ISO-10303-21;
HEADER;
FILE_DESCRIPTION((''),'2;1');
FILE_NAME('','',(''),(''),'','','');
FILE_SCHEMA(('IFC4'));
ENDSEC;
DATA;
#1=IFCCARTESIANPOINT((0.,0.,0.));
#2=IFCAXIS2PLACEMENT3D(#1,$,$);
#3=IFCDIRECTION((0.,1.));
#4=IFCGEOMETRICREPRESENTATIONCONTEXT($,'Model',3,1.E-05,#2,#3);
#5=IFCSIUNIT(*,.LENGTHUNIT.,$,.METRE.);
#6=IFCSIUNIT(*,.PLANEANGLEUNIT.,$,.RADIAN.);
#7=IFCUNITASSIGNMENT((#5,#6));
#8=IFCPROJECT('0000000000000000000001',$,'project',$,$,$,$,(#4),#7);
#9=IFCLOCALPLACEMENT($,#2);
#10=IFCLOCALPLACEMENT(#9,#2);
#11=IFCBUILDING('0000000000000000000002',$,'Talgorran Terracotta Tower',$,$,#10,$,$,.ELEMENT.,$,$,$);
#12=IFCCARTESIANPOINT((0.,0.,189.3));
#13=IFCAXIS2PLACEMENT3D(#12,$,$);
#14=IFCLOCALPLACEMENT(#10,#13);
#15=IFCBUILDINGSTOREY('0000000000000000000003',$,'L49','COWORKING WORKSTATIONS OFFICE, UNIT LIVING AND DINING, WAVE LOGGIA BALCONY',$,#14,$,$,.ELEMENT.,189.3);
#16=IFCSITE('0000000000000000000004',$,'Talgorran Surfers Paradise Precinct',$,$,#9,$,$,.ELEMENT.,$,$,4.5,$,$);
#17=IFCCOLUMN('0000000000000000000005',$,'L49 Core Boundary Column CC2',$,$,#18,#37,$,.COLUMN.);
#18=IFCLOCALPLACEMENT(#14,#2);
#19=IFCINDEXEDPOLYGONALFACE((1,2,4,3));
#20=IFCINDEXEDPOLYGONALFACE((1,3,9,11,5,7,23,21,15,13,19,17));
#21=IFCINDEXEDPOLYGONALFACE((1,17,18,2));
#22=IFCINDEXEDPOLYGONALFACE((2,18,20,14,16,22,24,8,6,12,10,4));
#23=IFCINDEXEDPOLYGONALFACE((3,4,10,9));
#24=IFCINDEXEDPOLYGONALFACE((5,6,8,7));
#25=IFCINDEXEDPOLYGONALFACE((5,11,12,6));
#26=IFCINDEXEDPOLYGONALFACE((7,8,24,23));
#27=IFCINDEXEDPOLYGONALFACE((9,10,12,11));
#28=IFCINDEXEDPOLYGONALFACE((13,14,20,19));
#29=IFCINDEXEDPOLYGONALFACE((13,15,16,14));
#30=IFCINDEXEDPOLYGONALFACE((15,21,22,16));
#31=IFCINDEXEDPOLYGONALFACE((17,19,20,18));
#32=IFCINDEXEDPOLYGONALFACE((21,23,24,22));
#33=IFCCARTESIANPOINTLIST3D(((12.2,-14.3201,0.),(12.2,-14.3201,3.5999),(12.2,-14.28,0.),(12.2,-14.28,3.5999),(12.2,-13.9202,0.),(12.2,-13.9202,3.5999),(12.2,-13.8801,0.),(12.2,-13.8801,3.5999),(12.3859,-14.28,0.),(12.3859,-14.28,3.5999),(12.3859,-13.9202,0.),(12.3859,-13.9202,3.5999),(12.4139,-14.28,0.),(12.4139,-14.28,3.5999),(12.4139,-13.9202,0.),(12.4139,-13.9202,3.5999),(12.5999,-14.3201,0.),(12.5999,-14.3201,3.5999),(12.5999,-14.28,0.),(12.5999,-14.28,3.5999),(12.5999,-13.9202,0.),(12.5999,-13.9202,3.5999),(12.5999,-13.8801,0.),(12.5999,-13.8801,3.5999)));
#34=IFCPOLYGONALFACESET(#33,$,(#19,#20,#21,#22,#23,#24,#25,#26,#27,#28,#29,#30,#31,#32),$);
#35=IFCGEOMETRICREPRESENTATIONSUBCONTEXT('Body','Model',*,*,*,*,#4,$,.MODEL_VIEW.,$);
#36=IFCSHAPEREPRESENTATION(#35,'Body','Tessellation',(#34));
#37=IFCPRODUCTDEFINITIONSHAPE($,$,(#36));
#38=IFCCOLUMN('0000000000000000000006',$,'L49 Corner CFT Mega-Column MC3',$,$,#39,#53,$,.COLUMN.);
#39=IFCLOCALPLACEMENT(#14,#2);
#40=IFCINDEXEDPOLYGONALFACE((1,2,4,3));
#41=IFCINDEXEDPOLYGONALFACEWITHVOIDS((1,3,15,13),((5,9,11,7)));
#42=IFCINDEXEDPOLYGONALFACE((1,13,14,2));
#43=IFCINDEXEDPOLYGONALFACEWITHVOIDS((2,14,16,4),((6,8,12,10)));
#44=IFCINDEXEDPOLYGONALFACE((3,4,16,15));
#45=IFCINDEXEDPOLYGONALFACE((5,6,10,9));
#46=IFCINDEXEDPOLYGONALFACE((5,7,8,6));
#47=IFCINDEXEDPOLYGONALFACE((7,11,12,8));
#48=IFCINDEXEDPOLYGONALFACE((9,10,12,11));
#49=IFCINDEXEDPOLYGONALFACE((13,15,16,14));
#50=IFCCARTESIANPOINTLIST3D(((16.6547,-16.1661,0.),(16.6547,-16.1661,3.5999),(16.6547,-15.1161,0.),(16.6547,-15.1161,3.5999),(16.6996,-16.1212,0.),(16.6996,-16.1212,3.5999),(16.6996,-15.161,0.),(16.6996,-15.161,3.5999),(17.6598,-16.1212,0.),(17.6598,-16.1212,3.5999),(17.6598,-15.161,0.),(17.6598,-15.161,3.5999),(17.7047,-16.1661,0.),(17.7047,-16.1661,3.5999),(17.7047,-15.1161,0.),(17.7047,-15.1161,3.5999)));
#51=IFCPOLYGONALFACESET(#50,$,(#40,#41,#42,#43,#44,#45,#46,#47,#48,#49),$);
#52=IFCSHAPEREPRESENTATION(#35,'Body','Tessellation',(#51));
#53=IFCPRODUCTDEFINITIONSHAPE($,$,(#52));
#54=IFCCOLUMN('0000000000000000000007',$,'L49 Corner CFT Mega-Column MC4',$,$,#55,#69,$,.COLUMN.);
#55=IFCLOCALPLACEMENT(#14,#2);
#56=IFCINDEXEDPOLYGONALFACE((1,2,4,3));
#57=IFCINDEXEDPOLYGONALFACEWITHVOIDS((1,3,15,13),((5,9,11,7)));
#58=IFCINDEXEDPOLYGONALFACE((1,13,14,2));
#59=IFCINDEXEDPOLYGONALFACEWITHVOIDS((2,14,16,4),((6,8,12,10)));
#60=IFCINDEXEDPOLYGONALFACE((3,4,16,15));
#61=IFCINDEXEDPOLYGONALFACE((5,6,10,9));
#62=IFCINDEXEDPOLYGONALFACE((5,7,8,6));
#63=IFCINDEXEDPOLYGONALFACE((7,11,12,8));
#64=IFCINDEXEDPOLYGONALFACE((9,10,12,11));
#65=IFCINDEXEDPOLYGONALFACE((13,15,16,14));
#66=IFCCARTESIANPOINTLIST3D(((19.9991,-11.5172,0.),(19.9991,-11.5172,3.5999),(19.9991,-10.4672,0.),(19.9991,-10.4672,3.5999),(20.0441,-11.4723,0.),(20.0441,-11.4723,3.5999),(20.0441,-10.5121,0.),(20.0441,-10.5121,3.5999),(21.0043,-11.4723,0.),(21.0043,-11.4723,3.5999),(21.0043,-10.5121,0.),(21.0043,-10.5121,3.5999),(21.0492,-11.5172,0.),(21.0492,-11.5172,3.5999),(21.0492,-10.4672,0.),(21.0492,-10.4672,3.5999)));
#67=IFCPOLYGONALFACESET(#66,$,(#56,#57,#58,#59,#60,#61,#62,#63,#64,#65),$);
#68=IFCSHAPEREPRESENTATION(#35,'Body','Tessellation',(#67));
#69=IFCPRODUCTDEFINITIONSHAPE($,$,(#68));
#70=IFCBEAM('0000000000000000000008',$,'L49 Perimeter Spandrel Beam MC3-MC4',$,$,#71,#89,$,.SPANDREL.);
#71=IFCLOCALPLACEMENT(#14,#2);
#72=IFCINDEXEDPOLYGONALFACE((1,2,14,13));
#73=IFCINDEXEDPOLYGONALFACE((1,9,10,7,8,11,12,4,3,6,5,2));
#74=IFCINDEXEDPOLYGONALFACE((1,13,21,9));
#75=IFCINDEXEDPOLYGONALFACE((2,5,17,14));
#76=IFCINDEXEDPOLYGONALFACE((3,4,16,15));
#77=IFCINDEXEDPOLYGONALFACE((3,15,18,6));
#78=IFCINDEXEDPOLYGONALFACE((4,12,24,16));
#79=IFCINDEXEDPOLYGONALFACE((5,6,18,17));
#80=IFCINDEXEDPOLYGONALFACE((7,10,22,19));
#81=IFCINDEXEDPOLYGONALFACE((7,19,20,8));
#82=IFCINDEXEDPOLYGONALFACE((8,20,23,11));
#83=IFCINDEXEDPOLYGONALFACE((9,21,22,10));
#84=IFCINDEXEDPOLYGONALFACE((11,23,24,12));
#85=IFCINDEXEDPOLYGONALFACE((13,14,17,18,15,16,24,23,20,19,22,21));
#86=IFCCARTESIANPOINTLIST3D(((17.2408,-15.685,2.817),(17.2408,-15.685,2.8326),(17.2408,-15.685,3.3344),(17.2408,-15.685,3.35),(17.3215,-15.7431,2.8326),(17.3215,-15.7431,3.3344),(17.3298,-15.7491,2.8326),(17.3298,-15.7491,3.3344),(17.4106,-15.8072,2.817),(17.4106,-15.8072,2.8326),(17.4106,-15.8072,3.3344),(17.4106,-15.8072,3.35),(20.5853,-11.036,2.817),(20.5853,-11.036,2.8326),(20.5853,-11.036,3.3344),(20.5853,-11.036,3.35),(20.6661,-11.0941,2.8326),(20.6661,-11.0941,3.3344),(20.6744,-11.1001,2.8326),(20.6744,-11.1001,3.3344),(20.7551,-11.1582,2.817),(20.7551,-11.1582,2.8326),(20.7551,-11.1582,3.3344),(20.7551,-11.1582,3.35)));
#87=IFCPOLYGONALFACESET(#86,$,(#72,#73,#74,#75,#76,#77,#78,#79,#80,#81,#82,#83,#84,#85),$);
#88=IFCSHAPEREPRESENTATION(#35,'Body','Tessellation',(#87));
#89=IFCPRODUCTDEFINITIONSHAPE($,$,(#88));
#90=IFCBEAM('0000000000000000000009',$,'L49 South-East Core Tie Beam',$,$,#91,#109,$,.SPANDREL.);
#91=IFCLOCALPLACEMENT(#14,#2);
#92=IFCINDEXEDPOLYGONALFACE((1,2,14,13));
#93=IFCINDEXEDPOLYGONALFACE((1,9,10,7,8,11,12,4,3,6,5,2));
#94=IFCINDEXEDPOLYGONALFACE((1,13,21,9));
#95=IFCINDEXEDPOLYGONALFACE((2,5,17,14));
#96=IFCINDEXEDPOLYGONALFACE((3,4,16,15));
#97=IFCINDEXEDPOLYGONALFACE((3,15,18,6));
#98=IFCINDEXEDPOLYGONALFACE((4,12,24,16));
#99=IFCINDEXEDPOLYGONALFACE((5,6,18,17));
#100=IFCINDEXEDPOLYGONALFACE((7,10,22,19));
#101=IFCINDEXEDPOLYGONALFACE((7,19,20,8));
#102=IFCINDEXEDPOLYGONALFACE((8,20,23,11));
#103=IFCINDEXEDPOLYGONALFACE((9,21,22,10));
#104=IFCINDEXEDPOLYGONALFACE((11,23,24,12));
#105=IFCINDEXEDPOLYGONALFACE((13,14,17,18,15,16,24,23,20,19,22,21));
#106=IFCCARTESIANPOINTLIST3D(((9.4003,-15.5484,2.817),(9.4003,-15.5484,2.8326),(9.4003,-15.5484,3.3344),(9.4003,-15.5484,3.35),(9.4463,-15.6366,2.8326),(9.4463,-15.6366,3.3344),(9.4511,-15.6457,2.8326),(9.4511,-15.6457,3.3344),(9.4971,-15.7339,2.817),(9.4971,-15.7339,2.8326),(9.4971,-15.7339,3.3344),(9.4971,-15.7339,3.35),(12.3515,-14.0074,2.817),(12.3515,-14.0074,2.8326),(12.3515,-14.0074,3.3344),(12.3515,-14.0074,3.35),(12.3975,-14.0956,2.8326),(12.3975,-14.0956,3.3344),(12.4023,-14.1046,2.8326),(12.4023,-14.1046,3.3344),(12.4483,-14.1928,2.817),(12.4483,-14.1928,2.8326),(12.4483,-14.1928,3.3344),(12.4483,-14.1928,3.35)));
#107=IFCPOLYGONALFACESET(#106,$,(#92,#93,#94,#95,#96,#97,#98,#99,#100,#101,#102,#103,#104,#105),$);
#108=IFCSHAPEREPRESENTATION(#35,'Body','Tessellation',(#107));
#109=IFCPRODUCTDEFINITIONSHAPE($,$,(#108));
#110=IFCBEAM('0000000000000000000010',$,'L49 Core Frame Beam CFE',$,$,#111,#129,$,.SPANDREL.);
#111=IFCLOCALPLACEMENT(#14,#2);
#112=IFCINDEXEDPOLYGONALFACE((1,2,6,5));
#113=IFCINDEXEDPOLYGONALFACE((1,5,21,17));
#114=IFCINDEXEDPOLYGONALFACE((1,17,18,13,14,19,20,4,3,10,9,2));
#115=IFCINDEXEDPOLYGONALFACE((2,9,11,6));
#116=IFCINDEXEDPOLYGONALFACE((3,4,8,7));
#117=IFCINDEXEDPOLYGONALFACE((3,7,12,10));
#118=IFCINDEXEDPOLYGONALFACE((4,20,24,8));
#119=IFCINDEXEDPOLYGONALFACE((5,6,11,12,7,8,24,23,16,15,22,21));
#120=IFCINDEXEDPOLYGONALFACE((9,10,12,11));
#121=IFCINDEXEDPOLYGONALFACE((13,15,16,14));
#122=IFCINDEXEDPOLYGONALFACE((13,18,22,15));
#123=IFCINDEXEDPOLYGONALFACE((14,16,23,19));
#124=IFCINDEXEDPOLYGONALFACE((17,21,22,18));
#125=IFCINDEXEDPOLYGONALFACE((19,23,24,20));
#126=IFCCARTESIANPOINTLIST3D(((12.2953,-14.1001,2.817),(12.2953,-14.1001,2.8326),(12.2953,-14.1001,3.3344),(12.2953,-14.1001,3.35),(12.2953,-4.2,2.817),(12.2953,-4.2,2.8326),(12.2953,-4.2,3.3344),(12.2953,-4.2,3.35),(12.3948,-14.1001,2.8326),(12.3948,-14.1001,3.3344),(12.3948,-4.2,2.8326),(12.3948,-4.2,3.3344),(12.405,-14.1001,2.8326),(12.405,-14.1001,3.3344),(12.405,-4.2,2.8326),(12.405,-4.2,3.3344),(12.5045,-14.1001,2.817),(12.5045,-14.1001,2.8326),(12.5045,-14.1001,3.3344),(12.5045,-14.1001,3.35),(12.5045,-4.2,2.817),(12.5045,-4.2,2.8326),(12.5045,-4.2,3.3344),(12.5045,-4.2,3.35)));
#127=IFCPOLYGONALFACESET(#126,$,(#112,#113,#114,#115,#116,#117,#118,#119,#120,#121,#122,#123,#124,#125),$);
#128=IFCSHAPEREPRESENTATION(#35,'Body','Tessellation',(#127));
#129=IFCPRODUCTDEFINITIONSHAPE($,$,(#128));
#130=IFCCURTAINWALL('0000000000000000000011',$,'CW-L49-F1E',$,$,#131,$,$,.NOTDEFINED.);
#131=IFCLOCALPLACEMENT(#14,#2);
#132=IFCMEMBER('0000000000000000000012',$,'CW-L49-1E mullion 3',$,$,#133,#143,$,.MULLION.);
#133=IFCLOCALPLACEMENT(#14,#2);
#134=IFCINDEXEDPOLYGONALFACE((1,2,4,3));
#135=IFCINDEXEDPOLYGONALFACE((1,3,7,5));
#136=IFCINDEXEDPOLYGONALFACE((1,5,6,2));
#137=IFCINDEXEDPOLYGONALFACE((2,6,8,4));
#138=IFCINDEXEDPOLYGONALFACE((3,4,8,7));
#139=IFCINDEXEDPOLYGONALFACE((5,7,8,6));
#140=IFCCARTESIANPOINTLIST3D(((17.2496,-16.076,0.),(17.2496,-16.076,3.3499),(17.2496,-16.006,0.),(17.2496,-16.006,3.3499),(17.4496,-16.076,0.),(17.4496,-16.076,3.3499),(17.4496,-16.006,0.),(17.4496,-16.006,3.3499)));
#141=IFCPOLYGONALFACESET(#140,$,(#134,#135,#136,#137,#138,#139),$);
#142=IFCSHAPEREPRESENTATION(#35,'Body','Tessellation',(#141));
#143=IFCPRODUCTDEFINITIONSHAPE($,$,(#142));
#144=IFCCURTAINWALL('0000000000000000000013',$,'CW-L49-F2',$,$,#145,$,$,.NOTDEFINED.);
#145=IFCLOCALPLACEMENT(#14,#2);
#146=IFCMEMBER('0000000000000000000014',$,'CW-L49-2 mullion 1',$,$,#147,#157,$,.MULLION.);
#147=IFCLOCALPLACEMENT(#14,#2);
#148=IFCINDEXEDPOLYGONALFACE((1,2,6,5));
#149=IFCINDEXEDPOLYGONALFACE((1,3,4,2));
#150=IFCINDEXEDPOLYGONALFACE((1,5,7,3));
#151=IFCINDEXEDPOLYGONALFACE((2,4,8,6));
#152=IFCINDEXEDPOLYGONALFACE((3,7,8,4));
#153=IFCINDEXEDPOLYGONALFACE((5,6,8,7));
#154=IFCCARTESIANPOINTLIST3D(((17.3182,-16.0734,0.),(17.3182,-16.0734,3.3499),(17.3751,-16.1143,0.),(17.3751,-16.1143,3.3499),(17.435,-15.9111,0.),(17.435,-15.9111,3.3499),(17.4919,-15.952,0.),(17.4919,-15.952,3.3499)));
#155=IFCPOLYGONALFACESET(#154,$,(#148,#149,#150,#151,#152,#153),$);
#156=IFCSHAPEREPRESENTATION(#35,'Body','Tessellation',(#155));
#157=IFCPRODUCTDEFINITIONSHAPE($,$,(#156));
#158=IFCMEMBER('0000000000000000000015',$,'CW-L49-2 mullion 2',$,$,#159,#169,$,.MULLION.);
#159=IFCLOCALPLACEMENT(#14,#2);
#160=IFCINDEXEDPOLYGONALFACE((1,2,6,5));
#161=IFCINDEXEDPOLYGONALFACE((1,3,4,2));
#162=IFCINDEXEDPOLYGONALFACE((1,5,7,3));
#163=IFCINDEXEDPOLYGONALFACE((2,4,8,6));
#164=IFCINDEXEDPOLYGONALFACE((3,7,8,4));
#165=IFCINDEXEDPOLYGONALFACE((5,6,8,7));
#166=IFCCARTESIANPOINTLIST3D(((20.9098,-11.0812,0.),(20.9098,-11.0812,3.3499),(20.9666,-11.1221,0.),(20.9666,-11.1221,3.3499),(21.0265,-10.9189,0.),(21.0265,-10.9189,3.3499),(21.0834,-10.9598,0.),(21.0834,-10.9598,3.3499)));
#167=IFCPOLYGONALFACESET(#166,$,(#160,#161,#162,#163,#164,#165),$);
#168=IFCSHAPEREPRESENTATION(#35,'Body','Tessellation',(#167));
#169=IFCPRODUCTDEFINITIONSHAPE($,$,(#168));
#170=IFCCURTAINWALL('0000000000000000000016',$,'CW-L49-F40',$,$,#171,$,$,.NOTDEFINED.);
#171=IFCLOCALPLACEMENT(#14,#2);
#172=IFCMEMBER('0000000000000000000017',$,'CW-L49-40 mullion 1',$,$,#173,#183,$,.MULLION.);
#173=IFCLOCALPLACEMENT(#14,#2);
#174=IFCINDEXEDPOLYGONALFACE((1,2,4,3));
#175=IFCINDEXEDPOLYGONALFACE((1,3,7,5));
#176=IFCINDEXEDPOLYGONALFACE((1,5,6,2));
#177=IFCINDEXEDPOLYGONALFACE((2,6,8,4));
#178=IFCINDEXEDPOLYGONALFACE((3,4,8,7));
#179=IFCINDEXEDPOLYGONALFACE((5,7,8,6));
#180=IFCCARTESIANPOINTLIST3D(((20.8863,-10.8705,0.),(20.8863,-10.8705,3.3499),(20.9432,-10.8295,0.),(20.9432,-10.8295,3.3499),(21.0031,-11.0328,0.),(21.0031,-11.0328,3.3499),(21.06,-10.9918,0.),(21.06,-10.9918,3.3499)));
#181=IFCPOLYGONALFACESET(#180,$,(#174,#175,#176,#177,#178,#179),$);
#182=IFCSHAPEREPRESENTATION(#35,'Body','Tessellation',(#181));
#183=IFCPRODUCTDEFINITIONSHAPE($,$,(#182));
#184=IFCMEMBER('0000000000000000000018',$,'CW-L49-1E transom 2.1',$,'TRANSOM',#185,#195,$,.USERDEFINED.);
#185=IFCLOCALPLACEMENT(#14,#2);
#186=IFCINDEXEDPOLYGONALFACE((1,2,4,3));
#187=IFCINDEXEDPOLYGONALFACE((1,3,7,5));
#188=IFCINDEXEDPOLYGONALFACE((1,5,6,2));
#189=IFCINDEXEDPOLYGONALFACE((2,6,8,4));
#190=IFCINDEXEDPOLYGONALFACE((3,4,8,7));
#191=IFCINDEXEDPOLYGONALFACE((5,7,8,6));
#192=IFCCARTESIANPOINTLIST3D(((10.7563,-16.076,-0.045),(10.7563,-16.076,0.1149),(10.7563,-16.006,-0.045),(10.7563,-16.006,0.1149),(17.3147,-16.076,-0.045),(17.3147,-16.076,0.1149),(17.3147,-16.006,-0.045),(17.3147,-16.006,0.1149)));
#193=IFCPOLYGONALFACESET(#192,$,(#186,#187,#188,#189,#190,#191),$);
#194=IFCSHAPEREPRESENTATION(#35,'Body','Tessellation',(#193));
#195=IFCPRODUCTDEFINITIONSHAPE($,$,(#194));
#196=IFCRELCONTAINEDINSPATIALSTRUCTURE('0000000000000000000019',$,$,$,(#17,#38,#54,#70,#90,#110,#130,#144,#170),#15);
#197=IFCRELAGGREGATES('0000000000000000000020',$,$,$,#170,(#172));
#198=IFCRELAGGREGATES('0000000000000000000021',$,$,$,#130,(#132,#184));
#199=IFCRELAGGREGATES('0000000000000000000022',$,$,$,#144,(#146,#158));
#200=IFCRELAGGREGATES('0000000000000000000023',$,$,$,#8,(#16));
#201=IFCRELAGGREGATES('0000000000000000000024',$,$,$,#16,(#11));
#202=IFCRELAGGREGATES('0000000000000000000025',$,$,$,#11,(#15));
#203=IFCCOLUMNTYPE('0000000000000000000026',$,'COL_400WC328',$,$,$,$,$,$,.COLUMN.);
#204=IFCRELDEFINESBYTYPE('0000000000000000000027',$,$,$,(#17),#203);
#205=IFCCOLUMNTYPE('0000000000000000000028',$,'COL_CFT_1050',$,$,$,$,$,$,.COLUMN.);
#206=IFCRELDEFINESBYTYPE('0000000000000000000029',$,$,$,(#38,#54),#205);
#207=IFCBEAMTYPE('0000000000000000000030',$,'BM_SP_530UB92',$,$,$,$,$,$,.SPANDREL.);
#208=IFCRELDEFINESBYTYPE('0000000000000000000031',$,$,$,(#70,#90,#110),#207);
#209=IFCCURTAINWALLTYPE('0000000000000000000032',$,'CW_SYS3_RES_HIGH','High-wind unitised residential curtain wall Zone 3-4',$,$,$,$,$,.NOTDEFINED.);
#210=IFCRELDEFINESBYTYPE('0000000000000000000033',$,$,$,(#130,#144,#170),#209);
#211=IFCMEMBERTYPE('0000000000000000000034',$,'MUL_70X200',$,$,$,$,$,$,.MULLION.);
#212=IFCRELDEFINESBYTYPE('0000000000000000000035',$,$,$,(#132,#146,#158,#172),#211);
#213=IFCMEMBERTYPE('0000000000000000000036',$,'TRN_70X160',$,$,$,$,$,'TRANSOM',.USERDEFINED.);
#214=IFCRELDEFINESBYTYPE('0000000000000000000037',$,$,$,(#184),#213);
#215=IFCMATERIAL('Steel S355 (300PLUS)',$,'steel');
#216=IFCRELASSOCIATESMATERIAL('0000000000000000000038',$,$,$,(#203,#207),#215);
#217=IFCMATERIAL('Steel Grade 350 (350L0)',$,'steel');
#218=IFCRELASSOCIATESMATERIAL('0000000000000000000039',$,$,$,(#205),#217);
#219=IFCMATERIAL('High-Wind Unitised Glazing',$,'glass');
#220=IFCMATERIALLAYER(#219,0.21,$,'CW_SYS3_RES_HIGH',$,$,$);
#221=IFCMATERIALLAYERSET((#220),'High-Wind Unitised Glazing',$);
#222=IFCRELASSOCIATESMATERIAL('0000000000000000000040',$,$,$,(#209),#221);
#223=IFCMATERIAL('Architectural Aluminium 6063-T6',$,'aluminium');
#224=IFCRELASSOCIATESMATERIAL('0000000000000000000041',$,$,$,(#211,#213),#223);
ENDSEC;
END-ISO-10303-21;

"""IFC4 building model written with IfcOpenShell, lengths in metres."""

from ifc_helpers import new_model, si_unit, direction, frame, origin, origin_2d, place, context, subcontext, project, spatial, rectangle, hollow_rectangle, i_section, extrude, material, layer, layer_set, material_profile, profile_set, type_object, element, aggregate, save


model = new_model("IFC4")

# Units and contexts
model_context = context("Model", 3, precision=1e-05, world=origin(), true_north=direction((0.0, 1.0)))
body_context = subcontext(model_context, "Body", "Model", "MODEL_VIEW")
ifc_project = project(units=[si_unit("LENGTHUNIT", "METRE"), si_unit("PLANEANGLEUNIT", "RADIAN")], contexts=[model_context])

# Site, building, storey
site_placement = place(None, origin())
site = spatial("IfcSite", under=ifc_project, at=site_placement, Name="Talgorran Surfers Paradise Precinct", CompositionType="ELEMENT", RefElevation=4.5)
building_placement = place(site_placement, origin())
building = spatial("IfcBuilding", under=site, at=building_placement, Name="Talgorran Terracotta Tower", CompositionType="ELEMENT")
storey_placement = place(building_placement, frame((0.0, 0.0, 189.3)))
storey = spatial("IfcBuildingStorey", under=building, at=storey_placement, Name="L49", Description="COWORKING WORKSTATIONS OFFICE, UNIT LIVING AND DINING, WAVE LOGGIA BALCONY", CompositionType="ELEMENT", Elevation=189.3)

# Columns
ifc_material_1 = material(Name="Steel S355 (300PLUS)", Category="steel")
ifc_material_profile_1 = material_profile(ifc_material_1, i_section(OverallWidth=0.3999, OverallDepth=0.4399, WebThickness=0.0281, FlangeThickness=0.04, at=origin_2d()), Name="400WC328")
ifc_profile_set_1 = profile_set([ifc_material_profile_1], Name="Steel S355 (300PLUS)")
column_type_1 = type_object("IfcColumnType", Name="COL_400WC328", PredefinedType="COLUMN", material=ifc_profile_set_1)
column_placement = place(storey_placement, frame((12.3999, -14.1001, 0.0), z_axis=(0.0, 0.0, 1.0), x_axis=(1.0, 0.0, 0.0)))
element("IfcColumn", 1, at=column_placement, inside=storey, type_object=column_type_1, Name="L49 Core Boundary Column CC2", PredefinedType="COLUMN", context=body_context, shape_type="SweptSolid", body=[
    extrude(i_section(OverallWidth=0.3999, OverallDepth=0.4399, WebThickness=0.0281, FlangeThickness=0.04, at=origin_2d()), origin(), (0.0, 0.0, 1.0), 3.5999),
])
ifc_material_2 = material(Name="Steel Grade 350 (350L0)", Category="steel")
ifc_material_profile_2 = material_profile(ifc_material_2, hollow_rectangle(XDim=1.05, YDim=1.05, WallThickness=0.0449, at=origin_2d()), Name="CFT1050X1050X45")
ifc_profile_set_2 = profile_set([ifc_material_profile_2], Name="Steel Grade 350 (350L0)")
column_type_2 = type_object("IfcColumnType", Name="COL_CFT_1050", PredefinedType="COLUMN", material=ifc_profile_set_2)
for number, where, z_axis, x_axis, name in (
    (2, (17.1797, -15.6411, 0.0), (0.0, 0.0, 1.0), (1.0, 0.0, 0.0), "L49 Corner CFT Mega-Column MC3"),
    (3, (20.5242, -10.9922, 0.0), (0.0, 0.0, 1.0), (1.0, 0.0, 0.0), "L49 Corner CFT Mega-Column MC4"),
):
    element("IfcColumn", number, at=place(storey_placement, frame(where, z_axis=z_axis, x_axis=x_axis)), inside=storey, type_object=column_type_2, Name=name, PredefinedType="COLUMN", context=body_context, shape_type="SweptSolid", body=[
        extrude(hollow_rectangle(XDim=1.05, YDim=1.05, WallThickness=0.0449, at=origin_2d()), origin(), (0.0, 0.0, 1.0), 3.5999),
    ])

# Beams
ifc_material_profile_3 = material_profile(ifc_material_1, i_section(OverallWidth=0.2092, OverallDepth=0.533, WebThickness=0.0103, FlangeThickness=0.0156, at=origin_2d()), Name="530UB92.4")
ifc_profile_set_3 = profile_set([ifc_material_profile_3], Name="Steel S355 (300PLUS)")
beam_type = type_object("IfcBeamType", Name="BM_SP_530UB92", PredefinedType="SPANDREL", material=ifc_profile_set_3)
beam_1_placement = place(storey_placement, frame((17.3257, -15.7461, 3.0835), z_axis=(0.583989, 0.811761, 0.0), x_axis=(-0.811761, 0.583989, 0.0)))
element("IfcBeam", 4, at=beam_1_placement, inside=storey, type_object=beam_type, Name="L49 Perimeter Spandrel Beam MC3-MC4", PredefinedType="SPANDREL", context=body_context, shape_type="SweptSolid", body=[
    extrude(i_section(OverallWidth=0.2092, OverallDepth=0.533, WebThickness=0.0103, FlangeThickness=0.0156, at=origin_2d()), origin(), (0.0, 0.0, 1.0), 5.7271),
])
beam_2_placement = place(storey_placement, frame((12.3999, -14.1001, 3.0835), z_axis=(-0.886428, -0.462867, 0.0), x_axis=(0.462867, -0.886428, 0.0)))
element("IfcBeam", 5, at=beam_2_placement, inside=storey, type_object=beam_type, Name="L49 South-East Core Tie Beam", PredefinedType="SPANDREL", context=body_context, shape_type="SweptSolid", body=[
    extrude(i_section(OverallWidth=0.2092, OverallDepth=0.533, WebThickness=0.0103, FlangeThickness=0.0156, at=origin_2d()), origin(), (0.0, 0.0, 1.0), 3.3293),
])
beam_3_placement = place(storey_placement, frame((12.3999, -14.1001, 3.0835), z_axis=(0.0, 1.0, 0.0), x_axis=(-1.0, 0.0, 0.0)))
element("IfcBeam", 6, at=beam_3_placement, inside=storey, type_object=beam_type, Name="L49 Core Frame Beam CFE", PredefinedType="SPANDREL", context=body_context, shape_type="SweptSolid", body=[
    extrude(i_section(OverallWidth=0.2092, OverallDepth=0.533, WebThickness=0.0103, FlangeThickness=0.0156, at=origin_2d()), origin(), (0.0, 0.0, 1.0), 9.9001),
])

# Curtain wall, member
ifc_material_3 = material(Name="High-Wind Unitised Glazing", Category="glass")
ifc_layer_1 = layer(ifc_material_3, 0.21, Name="CW_SYS3_RES_HIGH")
ifc_layer_set_1 = layer_set([ifc_layer_1], Name="High-Wind Unitised Glazing")
curtain_wall_type = type_object("IfcCurtainWallType", Name="CW_SYS3_RES_HIGH", Description="High-wind unitised residential curtain wall Zone 3-4", PredefinedType="NOTDEFINED", material=ifc_layer_set_1)
curtain_wall_1_placement = place(storey_placement, origin())
curtain_wall_1 = element("IfcCurtainWall", 7, at=curtain_wall_1_placement, inside=storey, type_object=curtain_wall_type, Name="CW-L49-F1E", PredefinedType="NOTDEFINED")
ifc_material_4 = material(Name="Architectural Aluminium 6063-T6", Category="aluminium")
ifc_material_profile_4 = material_profile(ifc_material_4, rectangle(XDim=0.0701, YDim=0.2, at=origin_2d()), Name="CWM70X200")
ifc_profile_set_4 = profile_set([ifc_material_profile_4], Name="Architectural Aluminium 6063-T6")
member_type_1 = type_object("IfcMemberType", Name="MUL_70X200", PredefinedType="MULLION", material=ifc_profile_set_4)
member_1_placement = place(storey_placement, frame((17.3496, -16.041, 0.0), z_axis=(0.0, 0.0, 1.0), x_axis=(0.0, 1.0, 0.0)))
member_1 = element("IfcMember", 8, at=member_1_placement, type_object=member_type_1, Name="CW-L49-1E mullion 3", PredefinedType="MULLION", context=body_context, shape_type="SweptSolid", body=[
    extrude(rectangle(XDim=0.0701, YDim=0.2, at=origin_2d()), origin(), (0.0, 0.0, 1.0), 3.3499),
])

# Curtain wall, members
curtain_wall_2_placement = place(storey_placement, origin())
curtain_wall_2 = element("IfcCurtainWall", 9, at=curtain_wall_2_placement, inside=storey, type_object=curtain_wall_type, Name="CW-L49-F2", PredefinedType="NOTDEFINED")
member_2_placement = place(storey_placement, frame((17.405, -16.0127, 0.0), z_axis=(0.0, 0.0, 1.0), x_axis=(-0.811769, 0.583979, 0.0)))
member_2 = element("IfcMember", 10, at=member_2_placement, type_object=member_type_1, Name="CW-L49-2 mullion 1", PredefinedType="MULLION", context=body_context, shape_type="SweptSolid", body=[
    extrude(rectangle(XDim=0.0701, YDim=0.2, at=origin_2d()), origin(), (0.0, 0.0, 1.0), 3.3499),
])
member_3_placement = place(storey_placement, frame((20.9966, -11.0205, 0.0), z_axis=(0.0, 0.0, 1.0), x_axis=(-0.811769, 0.583979, 0.0)))
member_3 = element("IfcMember", 11, at=member_3_placement, type_object=member_type_1, Name="CW-L49-2 mullion 2", PredefinedType="MULLION", context=body_context, shape_type="SweptSolid", body=[
    extrude(rectangle(XDim=0.0701, YDim=0.2, at=origin_2d()), origin(), (0.0, 0.0, 1.0), 3.3499),
])

# Curtain wall, member
curtain_wall_3_placement = place(storey_placement, origin())
curtain_wall_3 = element("IfcCurtainWall", 12, at=curtain_wall_3_placement, inside=storey, type_object=curtain_wall_type, Name="CW-L49-F40", PredefinedType="NOTDEFINED")
member_4_placement = place(storey_placement, frame((20.9731, -10.9312, 0.0), z_axis=(0.0, 0.0, 1.0), x_axis=(-0.811764, -0.583986, 0.0)))
member_4 = element("IfcMember", 13, at=member_4_placement, type_object=member_type_1, Name="CW-L49-40 mullion 1", PredefinedType="MULLION", context=body_context, shape_type="SweptSolid", body=[
    extrude(rectangle(XDim=0.0701, YDim=0.2, at=origin_2d()), origin(), (0.0, 0.0, 1.0), 3.3499),
])
aggregate(curtain_wall_3, [member_4])

# Member
ifc_material_profile_5 = material_profile(ifc_material_4, rectangle(XDim=0.0701, YDim=0.1599, at=origin_2d()), Name="CWT70X160")
ifc_profile_set_5 = profile_set([ifc_material_profile_5], Name="Architectural Aluminium 6063-T6")
member_type_2 = type_object("IfcMemberType", Name="TRN_70X160", ElementType="TRANSOM", PredefinedType="USERDEFINED", material=ifc_profile_set_5)
member_5_placement = place(storey_placement, frame((10.7563, -16.041, 0.0349), z_axis=(1.0, 0.0, 0.0), x_axis=(0.0, 1.0, 0.0)))
member_5 = element("IfcMember", 14, at=member_5_placement, type_object=member_type_2, Name="CW-L49-1E transom 2.1", ObjectType="TRANSOM", PredefinedType="USERDEFINED", context=body_context, shape_type="SweptSolid", body=[
    extrude(rectangle(XDim=0.0701, YDim=0.1599, at=origin_2d()), origin(), (0.0, 0.0, 1.0), 6.5583),
])

aggregate(curtain_wall_1, [member_1, member_5])
aggregate(curtain_wall_2, [member_2, member_3])

save(model, "model.ifc")
